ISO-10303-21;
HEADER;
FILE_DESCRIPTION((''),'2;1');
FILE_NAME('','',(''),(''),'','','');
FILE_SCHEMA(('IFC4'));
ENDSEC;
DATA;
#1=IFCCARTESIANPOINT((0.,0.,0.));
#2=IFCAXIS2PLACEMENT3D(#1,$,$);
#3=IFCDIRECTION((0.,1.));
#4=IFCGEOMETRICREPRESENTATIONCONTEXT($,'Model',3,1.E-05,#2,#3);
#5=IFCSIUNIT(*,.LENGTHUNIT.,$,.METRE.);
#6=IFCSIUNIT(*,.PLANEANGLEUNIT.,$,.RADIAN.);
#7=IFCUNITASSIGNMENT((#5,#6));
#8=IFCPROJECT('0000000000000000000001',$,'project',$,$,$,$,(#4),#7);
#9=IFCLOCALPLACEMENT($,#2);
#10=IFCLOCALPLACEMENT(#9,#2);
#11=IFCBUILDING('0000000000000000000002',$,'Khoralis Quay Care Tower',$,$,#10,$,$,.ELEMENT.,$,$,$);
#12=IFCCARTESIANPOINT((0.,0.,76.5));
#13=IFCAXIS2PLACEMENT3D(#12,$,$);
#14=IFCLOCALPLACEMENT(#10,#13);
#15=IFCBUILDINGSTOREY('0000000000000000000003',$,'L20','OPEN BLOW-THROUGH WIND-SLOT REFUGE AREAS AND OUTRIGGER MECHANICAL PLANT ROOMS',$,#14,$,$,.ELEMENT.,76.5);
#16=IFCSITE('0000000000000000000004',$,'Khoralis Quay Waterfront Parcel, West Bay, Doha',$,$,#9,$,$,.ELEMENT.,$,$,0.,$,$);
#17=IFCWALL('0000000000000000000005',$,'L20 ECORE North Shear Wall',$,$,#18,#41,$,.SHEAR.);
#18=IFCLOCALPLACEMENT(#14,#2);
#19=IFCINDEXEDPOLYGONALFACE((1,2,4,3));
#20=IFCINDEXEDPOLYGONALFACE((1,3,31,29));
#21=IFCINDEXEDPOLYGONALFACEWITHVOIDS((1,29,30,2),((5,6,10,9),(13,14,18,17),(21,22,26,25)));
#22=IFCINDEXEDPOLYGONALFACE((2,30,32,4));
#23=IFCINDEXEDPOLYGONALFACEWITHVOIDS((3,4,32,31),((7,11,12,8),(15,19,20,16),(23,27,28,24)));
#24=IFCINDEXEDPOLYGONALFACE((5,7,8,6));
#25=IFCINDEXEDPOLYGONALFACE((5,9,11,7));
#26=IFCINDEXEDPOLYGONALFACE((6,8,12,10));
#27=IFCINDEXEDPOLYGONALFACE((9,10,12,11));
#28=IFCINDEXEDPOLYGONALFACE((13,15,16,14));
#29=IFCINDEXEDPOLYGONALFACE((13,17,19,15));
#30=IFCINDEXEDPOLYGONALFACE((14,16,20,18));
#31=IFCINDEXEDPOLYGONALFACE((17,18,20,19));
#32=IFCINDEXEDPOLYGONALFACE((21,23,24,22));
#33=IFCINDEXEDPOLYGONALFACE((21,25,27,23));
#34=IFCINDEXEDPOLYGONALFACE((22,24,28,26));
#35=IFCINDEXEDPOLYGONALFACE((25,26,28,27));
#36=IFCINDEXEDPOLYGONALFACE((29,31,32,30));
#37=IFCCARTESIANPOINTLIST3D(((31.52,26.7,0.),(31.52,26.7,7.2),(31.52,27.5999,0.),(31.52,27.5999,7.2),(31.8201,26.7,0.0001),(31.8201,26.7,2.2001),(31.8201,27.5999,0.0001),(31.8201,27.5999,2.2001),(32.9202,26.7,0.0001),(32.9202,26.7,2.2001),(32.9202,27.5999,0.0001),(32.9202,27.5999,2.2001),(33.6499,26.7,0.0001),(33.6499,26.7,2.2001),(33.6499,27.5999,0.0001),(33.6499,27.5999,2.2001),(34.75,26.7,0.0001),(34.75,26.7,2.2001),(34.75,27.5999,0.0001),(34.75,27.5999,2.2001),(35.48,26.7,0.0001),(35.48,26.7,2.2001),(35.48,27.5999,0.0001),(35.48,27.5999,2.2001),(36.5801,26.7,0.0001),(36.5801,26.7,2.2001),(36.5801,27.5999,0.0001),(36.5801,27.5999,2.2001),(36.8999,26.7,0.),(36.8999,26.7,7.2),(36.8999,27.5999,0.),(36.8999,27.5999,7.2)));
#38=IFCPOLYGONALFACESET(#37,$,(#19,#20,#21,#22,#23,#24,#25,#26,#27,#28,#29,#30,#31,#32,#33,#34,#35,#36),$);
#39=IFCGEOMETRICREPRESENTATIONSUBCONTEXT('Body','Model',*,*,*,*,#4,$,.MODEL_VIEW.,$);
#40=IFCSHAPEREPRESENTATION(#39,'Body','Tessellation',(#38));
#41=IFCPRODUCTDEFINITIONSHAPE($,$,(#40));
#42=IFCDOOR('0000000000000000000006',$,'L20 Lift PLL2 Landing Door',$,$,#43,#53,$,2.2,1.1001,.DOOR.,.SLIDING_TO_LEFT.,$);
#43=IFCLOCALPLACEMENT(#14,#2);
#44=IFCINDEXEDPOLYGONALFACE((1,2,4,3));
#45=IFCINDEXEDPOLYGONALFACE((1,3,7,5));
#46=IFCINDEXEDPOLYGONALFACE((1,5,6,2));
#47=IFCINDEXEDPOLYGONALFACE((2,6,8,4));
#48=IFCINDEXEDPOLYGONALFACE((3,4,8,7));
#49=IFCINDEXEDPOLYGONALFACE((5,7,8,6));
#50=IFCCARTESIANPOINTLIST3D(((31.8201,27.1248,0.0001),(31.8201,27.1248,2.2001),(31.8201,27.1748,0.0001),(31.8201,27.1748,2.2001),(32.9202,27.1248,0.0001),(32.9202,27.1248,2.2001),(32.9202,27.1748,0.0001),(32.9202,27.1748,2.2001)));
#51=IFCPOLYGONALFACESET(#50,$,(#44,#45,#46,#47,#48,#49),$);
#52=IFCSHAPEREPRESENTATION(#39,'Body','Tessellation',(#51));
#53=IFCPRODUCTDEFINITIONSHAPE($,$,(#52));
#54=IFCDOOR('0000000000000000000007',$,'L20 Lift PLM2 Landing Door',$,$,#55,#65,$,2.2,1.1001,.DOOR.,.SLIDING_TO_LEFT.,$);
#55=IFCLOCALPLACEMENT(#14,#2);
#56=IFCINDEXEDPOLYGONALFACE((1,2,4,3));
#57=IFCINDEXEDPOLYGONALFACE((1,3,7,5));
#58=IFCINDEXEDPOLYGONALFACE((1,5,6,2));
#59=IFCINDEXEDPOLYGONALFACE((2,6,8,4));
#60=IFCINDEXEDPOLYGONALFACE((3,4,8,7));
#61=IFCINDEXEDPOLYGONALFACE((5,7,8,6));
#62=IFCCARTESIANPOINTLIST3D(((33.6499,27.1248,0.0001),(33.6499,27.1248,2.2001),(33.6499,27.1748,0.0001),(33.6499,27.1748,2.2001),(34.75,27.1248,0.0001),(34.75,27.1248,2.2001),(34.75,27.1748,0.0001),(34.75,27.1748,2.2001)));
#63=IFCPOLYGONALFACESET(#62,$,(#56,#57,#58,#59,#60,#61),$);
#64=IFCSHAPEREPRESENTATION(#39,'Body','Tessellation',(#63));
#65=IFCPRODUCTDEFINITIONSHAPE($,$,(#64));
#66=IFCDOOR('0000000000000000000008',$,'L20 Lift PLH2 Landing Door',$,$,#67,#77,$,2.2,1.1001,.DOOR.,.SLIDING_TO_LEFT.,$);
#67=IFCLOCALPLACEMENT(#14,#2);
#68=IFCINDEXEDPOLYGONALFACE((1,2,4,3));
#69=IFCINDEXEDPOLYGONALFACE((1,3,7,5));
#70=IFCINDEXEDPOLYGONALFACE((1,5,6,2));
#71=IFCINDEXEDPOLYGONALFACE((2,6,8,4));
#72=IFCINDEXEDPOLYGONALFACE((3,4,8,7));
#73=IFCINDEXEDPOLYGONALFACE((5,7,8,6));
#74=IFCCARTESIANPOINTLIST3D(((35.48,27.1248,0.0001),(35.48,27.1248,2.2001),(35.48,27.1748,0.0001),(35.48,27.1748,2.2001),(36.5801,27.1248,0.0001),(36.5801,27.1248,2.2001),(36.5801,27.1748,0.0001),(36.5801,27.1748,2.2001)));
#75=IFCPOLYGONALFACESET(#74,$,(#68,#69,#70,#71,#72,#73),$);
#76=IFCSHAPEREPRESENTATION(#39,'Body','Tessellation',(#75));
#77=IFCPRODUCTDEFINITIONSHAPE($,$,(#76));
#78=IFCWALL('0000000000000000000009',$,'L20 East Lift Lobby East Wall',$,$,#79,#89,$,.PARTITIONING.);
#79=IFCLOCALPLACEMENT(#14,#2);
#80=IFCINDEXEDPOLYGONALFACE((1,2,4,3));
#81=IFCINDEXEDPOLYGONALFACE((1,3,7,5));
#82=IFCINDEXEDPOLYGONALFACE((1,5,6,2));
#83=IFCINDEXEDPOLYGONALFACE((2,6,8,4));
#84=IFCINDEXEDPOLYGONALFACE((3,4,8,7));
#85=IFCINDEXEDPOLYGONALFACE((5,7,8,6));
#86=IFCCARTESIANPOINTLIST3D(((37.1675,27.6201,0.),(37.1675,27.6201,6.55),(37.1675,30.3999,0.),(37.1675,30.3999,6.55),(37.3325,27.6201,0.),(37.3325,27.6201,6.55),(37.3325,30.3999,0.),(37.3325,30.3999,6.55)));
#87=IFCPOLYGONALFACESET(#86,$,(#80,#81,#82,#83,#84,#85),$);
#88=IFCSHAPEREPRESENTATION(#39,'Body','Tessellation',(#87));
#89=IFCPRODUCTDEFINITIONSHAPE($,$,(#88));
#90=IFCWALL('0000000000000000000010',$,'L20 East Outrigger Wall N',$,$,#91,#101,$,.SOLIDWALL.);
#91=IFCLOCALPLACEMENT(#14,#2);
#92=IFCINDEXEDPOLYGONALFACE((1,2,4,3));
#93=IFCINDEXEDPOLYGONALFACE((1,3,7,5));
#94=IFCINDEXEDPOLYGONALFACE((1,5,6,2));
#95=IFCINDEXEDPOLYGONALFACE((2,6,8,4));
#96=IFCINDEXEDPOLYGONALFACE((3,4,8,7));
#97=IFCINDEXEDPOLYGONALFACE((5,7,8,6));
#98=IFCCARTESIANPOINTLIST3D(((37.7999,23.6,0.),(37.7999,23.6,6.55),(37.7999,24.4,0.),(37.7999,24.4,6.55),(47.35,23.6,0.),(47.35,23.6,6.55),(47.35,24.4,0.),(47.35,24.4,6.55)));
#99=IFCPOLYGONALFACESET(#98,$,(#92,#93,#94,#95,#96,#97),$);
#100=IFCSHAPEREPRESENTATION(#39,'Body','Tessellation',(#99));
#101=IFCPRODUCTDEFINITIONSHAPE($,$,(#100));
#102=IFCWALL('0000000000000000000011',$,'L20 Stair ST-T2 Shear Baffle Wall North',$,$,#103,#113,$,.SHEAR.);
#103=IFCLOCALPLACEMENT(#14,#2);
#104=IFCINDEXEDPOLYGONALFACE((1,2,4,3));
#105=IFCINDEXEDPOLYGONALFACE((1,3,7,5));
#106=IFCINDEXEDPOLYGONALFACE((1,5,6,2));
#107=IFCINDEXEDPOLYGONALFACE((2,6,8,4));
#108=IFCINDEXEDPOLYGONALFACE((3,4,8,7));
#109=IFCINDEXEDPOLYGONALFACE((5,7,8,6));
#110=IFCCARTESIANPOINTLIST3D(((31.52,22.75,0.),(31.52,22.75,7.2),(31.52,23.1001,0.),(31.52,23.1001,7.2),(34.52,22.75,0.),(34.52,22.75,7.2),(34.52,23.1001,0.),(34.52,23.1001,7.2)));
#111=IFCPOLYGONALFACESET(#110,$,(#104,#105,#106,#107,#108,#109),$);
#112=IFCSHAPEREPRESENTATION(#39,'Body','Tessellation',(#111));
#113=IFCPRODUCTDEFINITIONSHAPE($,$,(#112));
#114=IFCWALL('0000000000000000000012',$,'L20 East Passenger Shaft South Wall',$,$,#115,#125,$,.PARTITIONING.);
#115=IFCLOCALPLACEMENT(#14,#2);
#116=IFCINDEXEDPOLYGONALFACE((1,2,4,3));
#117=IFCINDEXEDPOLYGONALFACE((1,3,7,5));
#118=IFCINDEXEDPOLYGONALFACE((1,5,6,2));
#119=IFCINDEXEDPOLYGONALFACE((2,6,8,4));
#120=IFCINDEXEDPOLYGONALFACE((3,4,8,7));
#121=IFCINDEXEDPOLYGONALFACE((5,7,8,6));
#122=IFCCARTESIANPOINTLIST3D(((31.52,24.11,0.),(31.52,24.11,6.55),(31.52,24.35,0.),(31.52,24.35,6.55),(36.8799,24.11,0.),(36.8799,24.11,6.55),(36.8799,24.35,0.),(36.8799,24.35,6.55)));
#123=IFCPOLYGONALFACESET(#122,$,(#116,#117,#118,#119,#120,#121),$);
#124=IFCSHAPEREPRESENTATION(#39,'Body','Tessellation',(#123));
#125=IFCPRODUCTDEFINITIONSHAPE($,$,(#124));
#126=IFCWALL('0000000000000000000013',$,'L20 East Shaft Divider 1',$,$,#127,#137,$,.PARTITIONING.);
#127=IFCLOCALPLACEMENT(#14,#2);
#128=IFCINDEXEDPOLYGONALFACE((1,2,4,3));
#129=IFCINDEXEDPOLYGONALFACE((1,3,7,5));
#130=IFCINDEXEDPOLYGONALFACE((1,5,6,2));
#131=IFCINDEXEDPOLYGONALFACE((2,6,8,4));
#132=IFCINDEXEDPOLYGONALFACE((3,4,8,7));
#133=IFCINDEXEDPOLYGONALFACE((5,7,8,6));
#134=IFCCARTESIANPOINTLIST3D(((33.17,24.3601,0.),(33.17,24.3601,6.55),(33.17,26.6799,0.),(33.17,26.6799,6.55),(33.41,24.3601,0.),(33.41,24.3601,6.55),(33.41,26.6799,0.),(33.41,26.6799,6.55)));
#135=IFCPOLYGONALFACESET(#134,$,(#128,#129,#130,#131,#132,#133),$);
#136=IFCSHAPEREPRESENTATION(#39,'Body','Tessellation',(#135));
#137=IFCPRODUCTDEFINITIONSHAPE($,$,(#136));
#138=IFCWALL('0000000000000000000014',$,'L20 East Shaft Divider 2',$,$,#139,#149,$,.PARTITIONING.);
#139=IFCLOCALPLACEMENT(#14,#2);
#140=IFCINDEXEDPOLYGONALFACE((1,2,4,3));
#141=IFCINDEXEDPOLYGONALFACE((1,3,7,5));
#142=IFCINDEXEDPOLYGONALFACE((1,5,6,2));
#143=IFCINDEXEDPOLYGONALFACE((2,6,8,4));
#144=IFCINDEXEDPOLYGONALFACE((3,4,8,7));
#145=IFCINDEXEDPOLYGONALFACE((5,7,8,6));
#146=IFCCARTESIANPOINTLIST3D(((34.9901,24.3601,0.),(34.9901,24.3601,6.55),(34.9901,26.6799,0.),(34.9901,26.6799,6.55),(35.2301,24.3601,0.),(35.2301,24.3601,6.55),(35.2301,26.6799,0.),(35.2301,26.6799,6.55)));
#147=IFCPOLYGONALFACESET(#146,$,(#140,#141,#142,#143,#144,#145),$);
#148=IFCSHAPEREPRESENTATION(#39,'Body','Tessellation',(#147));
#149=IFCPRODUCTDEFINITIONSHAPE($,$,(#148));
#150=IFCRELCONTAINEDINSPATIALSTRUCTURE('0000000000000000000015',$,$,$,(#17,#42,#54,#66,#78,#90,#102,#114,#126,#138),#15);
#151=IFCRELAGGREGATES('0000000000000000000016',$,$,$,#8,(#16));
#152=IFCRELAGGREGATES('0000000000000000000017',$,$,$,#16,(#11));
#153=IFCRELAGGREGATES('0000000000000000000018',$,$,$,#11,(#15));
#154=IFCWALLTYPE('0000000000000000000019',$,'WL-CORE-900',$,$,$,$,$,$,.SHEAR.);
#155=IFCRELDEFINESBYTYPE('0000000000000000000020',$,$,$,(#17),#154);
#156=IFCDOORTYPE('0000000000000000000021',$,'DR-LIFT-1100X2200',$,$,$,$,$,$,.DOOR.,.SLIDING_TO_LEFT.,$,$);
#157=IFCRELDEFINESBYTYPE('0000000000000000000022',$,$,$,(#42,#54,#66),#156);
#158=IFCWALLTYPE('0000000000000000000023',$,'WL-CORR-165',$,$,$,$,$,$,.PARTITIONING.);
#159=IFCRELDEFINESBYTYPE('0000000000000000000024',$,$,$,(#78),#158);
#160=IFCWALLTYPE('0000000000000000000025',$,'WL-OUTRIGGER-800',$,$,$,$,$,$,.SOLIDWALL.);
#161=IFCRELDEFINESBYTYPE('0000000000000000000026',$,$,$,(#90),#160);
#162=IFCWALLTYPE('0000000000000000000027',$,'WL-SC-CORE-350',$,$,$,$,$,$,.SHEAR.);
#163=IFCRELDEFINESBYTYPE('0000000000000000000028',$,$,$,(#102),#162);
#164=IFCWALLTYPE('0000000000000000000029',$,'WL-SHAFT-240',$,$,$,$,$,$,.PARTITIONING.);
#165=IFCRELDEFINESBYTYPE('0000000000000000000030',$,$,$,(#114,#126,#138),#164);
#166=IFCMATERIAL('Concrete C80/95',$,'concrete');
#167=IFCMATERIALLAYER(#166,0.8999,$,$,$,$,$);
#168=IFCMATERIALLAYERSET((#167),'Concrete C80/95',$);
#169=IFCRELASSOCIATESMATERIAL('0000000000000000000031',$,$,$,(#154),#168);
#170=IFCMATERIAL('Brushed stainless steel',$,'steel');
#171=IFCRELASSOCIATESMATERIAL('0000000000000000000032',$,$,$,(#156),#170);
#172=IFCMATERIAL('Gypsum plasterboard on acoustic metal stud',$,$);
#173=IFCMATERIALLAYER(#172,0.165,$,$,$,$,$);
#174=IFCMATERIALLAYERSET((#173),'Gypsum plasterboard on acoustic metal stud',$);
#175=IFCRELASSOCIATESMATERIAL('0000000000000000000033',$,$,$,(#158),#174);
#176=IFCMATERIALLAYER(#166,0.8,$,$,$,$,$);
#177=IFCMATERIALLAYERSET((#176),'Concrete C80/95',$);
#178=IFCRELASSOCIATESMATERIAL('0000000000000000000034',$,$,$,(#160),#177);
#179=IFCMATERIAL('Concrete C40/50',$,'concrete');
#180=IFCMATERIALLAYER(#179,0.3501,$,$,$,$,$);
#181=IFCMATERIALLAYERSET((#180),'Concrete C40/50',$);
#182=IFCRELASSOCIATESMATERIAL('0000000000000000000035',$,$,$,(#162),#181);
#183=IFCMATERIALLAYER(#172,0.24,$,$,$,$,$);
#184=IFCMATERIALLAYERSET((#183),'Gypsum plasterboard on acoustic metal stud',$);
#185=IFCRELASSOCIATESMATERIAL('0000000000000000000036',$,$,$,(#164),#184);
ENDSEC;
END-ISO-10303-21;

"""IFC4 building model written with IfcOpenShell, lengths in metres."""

from ifc_helpers import new_model, si_unit, direction, frame, frame_2d, origin, place, context, subcontext, project, spatial, rectangle, extrude, source, transform, mapped, material, layer, layer_set, type_object, element, fill, save


model = new_model("IFC4")

# Units and contexts
model_context = context("Model", 3, precision=1e-05, world=origin(), true_north=direction((0.0, 1.0)))
body_context = subcontext(model_context, "Body", "Model", "MODEL_VIEW")
ifc_project = project(units=[si_unit("LENGTHUNIT", "METRE"), si_unit("PLANEANGLEUNIT", "RADIAN")], contexts=[model_context])

# Site, building, storey
site_placement = place(None, origin())
site = spatial("IfcSite", under=ifc_project, at=site_placement, Name="Khoralis Quay Waterfront Parcel, West Bay, Doha", CompositionType="ELEMENT", RefElevation=0.0)
building_placement = place(site_placement, origin())
building = spatial("IfcBuilding", under=site, at=building_placement, Name="Khoralis Quay Care Tower", CompositionType="ELEMENT")
storey_placement = place(building_placement, frame((0.0, 0.0, 76.5)))
storey = spatial("IfcBuildingStorey", under=building, at=storey_placement, Name="L20", Description="OPEN BLOW-THROUGH WIND-SLOT REFUGE AREAS AND OUTRIGGER MECHANICAL PLANT ROOMS", CompositionType="ELEMENT", Elevation=76.5)

# Shared definitions
ifc_material_1 = material(Name="Concrete C80/95", Category="concrete")

# Shared definitions
ifc_material_2 = material(Name="Gypsum plasterboard on acoustic metal stud")

# Wall, openings, doors
ifc_layer_1 = layer(ifc_material_1, 0.8999)
ifc_layer_set_1 = layer_set([ifc_layer_1], Name="Concrete C80/95")
wall_type_1 = type_object("IfcWallType", Name="WL-CORE-900", PredefinedType="SHEAR", material=ifc_layer_set_1)
wall_1_placement = place(storey_placement, frame((31.52, 27.1499, 0.0), z_axis=(0.0, 0.0, 1.0), x_axis=(1.0, 0.0, 0.0)))
wall_1 = element("IfcWall", 1, at=wall_1_placement, inside=storey, type_object=wall_type_1, Name="L20 ECORE North Shear Wall", PredefinedType="SHEAR", context=body_context, shape_type="SweptSolid", body=[
    extrude(rectangle(XDim=5.3799, YDim=0.8999, at=frame_2d((2.6899, 0.0))), origin(), (0.0, 0.0, 1.0), 7.2),
])
opening_1_placement = place(wall_1_placement, frame((0.3, 0.0, 0.0)))
opening_1 = element("IfcOpeningElement", 2, at=opening_1_placement, cuts=wall_1, PredefinedType="OPENING", context=body_context, shape_type="SweptSolid", body=[
    extrude(rectangle(XDim=1.1001, YDim=2.2, at=frame_2d((0.55, 1.1001))), frame((0.0, 0.46, 0.0), z_axis=(0.0, -1.0, 0.0), x_axis=(1.0, 0.0, 0.0)), (0.0, 0.0, 1.0), 0.9199),
])
opening_2_placement = place(wall_1_placement, frame((2.1299, 0.0, 0.0)))
opening_2 = element("IfcOpeningElement", 3, at=opening_2_placement, cuts=wall_1, PredefinedType="OPENING", context=body_context, shape_type="SweptSolid", body=[
    extrude(rectangle(XDim=1.1001, YDim=2.2, at=frame_2d((0.55, 1.1001))), frame((0.0, 0.46, 0.0), z_axis=(0.0, -1.0, 0.0), x_axis=(1.0, 0.0, 0.0)), (0.0, 0.0, 1.0), 0.9199),
])
opening_3_placement = place(wall_1_placement, frame((3.96, 0.0, 0.0)))
opening_3 = element("IfcOpeningElement", 4, at=opening_3_placement, cuts=wall_1, PredefinedType="OPENING", context=body_context, shape_type="SweptSolid", body=[
    extrude(rectangle(XDim=1.1001, YDim=2.2, at=frame_2d((0.55, 1.1001))), frame((0.0, 0.46, 0.0), z_axis=(0.0, -1.0, 0.0), x_axis=(1.0, 0.0, 0.0)), (0.0, 0.0, 1.0), 0.9199),
])
ifc_material_3 = material(Name="Brushed stainless steel", Category="steel")
door_type = type_object("IfcDoorType", Name="DR-LIFT-1100X2200", OperationType="SLIDING_TO_LEFT", PredefinedType="DOOR", material=ifc_material_3)
shared_shape_1 = source(origin(), body_context, "Body", "SweptSolid", [
    extrude(rectangle(XDim=1.1001, YDim=2.2, at=frame_2d((0.55, 1.1001))), frame((0.0, 0.0249, 0.0), z_axis=(0.0, -1.0, 0.0), x_axis=(1.0, 0.0, 0.0)), (0.0, 0.0, 1.0), 0.05),
])
door_1_placement = place(opening_1_placement, origin())
door_1 = element("IfcDoor", 5, at=door_1_placement, inside=storey, type_object=door_type, Name="L20 Lift PLL2 Landing Door", OperationType="SLIDING_TO_LEFT", OverallHeight=2.2, OverallWidth=1.1001, PredefinedType="DOOR", context=body_context, shape_type="MappedRepresentation", body=[
    mapped(shared_shape_1, transform((0.0, 0.0, 0.0), scale=1.0)),
])
fill(opening_1, door_1)
door_2_placement = place(opening_2_placement, origin())
door_2 = element("IfcDoor", 6, at=door_2_placement, inside=storey, type_object=door_type, Name="L20 Lift PLM2 Landing Door", OperationType="SLIDING_TO_LEFT", OverallHeight=2.2, OverallWidth=1.1001, PredefinedType="DOOR", context=body_context, shape_type="MappedRepresentation", body=[
    mapped(shared_shape_1, transform((0.0, 0.0, 0.0), scale=1.0)),
])
fill(opening_2, door_2)
door_3_placement = place(opening_3_placement, origin())
door_3 = element("IfcDoor", 7, at=door_3_placement, inside=storey, type_object=door_type, Name="L20 Lift PLH2 Landing Door", OperationType="SLIDING_TO_LEFT", OverallHeight=2.2, OverallWidth=1.1001, PredefinedType="DOOR", context=body_context, shape_type="MappedRepresentation", body=[
    mapped(shared_shape_1, transform((0.0, 0.0, 0.0), scale=1.0)),
])
fill(opening_3, door_3)

# Walls
ifc_layer_2 = layer(ifc_material_2, 0.165)
ifc_layer_set_2 = layer_set([ifc_layer_2], Name="Gypsum plasterboard on acoustic metal stud")
wall_type_2 = type_object("IfcWallType", Name="WL-CORR-165", PredefinedType="PARTITIONING", material=ifc_layer_set_2)
wall_2_placement = place(storey_placement, frame((37.25, 27.6201, 0.0), z_axis=(0.0, 0.0, 1.0), x_axis=(0.0, 1.0, 0.0)))
element("IfcWall", 8, at=wall_2_placement, inside=storey, type_object=wall_type_2, Name="L20 East Lift Lobby East Wall", PredefinedType="PARTITIONING", context=body_context, shape_type="SweptSolid", body=[
    extrude(rectangle(XDim=2.7798, YDim=0.165, at=frame_2d((1.3899, 0.0))), origin(), (0.0, 0.0, 1.0), 6.55),
])
ifc_layer_3 = layer(ifc_material_1, 0.8)
ifc_layer_set_3 = layer_set([ifc_layer_3], Name="Concrete C80/95")
wall_type_3 = type_object("IfcWallType", Name="WL-OUTRIGGER-800", PredefinedType="SOLIDWALL", material=ifc_layer_set_3)
wall_3_placement = place(storey_placement, frame((37.8, 24.0, 0.0), z_axis=(0.0, 0.0, 1.0), x_axis=(1.0, 0.0, 0.0)))
element("IfcWall", 9, at=wall_3_placement, inside=storey, type_object=wall_type_3, Name="L20 East Outrigger Wall N", PredefinedType="SOLIDWALL", context=body_context, shape_type="SweptSolid", body=[
    extrude(rectangle(XDim=9.55, YDim=0.8, at=frame_2d((4.7749, 0.0))), origin(), (0.0, 0.0, 1.0), 6.55),
])
ifc_material_4 = material(Name="Concrete C40/50", Category="concrete")
ifc_layer_4 = layer(ifc_material_4, 0.3501)
ifc_layer_set_4 = layer_set([ifc_layer_4], Name="Concrete C40/50")
wall_type_4 = type_object("IfcWallType", Name="WL-SC-CORE-350", PredefinedType="SHEAR", material=ifc_layer_set_4)
wall_4_placement = place(storey_placement, frame((31.52, 22.925, 0.0), z_axis=(0.0, 0.0, 1.0), x_axis=(1.0, 0.0, 0.0)))
element("IfcWall", 10, at=wall_4_placement, inside=storey, type_object=wall_type_4, Name="L20 Stair ST-T2 Shear Baffle Wall North", PredefinedType="SHEAR", context=body_context, shape_type="SweptSolid", body=[
    extrude(rectangle(XDim=3.0, YDim=0.3501, at=frame_2d((1.5, 0.0))), origin(), (0.0, 0.0, 1.0), 7.2),
])
ifc_layer_5 = layer(ifc_material_2, 0.24)
ifc_layer_set_5 = layer_set([ifc_layer_5], Name="Gypsum plasterboard on acoustic metal stud")
wall_type_5 = type_object("IfcWallType", Name="WL-SHAFT-240", PredefinedType="PARTITIONING", material=ifc_layer_set_5)
wall_5_placement = place(storey_placement, frame((31.52, 24.23, 0.0), z_axis=(0.0, 0.0, 1.0), x_axis=(1.0, 0.0, 0.0)))
element("IfcWall", 11, at=wall_5_placement, inside=storey, type_object=wall_type_5, Name="L20 East Passenger Shaft South Wall", PredefinedType="PARTITIONING", context=body_context, shape_type="SweptSolid", body=[
    extrude(rectangle(XDim=5.3599, YDim=0.24, at=frame_2d((2.6799, 0.0))), origin(), (0.0, 0.0, 1.0), 6.55),
])
for number, where, z_axis, x_axis, name in (
    (12, (33.29, 24.3601, 0.0), (0.0, 0.0, 1.0), (0.0, 1.0, 0.0), "L20 East Shaft Divider 1"),
    (13, (35.1101, 24.3601, 0.0), (0.0, 0.0, 1.0), (0.0, 1.0, 0.0), "L20 East Shaft Divider 2"),
):
    element("IfcWall", number, at=place(storey_placement, frame(where, z_axis=z_axis, x_axis=x_axis)), inside=storey, type_object=wall_type_5, Name=name, PredefinedType="PARTITIONING", context=body_context, shape_type="SweptSolid", body=[
        extrude(rectangle(XDim=2.3198, YDim=0.24, at=frame_2d((1.1599, 0.0))), origin(), (0.0, 0.0, 1.0), 6.55),
    ])

save(model, "model.ifc")
